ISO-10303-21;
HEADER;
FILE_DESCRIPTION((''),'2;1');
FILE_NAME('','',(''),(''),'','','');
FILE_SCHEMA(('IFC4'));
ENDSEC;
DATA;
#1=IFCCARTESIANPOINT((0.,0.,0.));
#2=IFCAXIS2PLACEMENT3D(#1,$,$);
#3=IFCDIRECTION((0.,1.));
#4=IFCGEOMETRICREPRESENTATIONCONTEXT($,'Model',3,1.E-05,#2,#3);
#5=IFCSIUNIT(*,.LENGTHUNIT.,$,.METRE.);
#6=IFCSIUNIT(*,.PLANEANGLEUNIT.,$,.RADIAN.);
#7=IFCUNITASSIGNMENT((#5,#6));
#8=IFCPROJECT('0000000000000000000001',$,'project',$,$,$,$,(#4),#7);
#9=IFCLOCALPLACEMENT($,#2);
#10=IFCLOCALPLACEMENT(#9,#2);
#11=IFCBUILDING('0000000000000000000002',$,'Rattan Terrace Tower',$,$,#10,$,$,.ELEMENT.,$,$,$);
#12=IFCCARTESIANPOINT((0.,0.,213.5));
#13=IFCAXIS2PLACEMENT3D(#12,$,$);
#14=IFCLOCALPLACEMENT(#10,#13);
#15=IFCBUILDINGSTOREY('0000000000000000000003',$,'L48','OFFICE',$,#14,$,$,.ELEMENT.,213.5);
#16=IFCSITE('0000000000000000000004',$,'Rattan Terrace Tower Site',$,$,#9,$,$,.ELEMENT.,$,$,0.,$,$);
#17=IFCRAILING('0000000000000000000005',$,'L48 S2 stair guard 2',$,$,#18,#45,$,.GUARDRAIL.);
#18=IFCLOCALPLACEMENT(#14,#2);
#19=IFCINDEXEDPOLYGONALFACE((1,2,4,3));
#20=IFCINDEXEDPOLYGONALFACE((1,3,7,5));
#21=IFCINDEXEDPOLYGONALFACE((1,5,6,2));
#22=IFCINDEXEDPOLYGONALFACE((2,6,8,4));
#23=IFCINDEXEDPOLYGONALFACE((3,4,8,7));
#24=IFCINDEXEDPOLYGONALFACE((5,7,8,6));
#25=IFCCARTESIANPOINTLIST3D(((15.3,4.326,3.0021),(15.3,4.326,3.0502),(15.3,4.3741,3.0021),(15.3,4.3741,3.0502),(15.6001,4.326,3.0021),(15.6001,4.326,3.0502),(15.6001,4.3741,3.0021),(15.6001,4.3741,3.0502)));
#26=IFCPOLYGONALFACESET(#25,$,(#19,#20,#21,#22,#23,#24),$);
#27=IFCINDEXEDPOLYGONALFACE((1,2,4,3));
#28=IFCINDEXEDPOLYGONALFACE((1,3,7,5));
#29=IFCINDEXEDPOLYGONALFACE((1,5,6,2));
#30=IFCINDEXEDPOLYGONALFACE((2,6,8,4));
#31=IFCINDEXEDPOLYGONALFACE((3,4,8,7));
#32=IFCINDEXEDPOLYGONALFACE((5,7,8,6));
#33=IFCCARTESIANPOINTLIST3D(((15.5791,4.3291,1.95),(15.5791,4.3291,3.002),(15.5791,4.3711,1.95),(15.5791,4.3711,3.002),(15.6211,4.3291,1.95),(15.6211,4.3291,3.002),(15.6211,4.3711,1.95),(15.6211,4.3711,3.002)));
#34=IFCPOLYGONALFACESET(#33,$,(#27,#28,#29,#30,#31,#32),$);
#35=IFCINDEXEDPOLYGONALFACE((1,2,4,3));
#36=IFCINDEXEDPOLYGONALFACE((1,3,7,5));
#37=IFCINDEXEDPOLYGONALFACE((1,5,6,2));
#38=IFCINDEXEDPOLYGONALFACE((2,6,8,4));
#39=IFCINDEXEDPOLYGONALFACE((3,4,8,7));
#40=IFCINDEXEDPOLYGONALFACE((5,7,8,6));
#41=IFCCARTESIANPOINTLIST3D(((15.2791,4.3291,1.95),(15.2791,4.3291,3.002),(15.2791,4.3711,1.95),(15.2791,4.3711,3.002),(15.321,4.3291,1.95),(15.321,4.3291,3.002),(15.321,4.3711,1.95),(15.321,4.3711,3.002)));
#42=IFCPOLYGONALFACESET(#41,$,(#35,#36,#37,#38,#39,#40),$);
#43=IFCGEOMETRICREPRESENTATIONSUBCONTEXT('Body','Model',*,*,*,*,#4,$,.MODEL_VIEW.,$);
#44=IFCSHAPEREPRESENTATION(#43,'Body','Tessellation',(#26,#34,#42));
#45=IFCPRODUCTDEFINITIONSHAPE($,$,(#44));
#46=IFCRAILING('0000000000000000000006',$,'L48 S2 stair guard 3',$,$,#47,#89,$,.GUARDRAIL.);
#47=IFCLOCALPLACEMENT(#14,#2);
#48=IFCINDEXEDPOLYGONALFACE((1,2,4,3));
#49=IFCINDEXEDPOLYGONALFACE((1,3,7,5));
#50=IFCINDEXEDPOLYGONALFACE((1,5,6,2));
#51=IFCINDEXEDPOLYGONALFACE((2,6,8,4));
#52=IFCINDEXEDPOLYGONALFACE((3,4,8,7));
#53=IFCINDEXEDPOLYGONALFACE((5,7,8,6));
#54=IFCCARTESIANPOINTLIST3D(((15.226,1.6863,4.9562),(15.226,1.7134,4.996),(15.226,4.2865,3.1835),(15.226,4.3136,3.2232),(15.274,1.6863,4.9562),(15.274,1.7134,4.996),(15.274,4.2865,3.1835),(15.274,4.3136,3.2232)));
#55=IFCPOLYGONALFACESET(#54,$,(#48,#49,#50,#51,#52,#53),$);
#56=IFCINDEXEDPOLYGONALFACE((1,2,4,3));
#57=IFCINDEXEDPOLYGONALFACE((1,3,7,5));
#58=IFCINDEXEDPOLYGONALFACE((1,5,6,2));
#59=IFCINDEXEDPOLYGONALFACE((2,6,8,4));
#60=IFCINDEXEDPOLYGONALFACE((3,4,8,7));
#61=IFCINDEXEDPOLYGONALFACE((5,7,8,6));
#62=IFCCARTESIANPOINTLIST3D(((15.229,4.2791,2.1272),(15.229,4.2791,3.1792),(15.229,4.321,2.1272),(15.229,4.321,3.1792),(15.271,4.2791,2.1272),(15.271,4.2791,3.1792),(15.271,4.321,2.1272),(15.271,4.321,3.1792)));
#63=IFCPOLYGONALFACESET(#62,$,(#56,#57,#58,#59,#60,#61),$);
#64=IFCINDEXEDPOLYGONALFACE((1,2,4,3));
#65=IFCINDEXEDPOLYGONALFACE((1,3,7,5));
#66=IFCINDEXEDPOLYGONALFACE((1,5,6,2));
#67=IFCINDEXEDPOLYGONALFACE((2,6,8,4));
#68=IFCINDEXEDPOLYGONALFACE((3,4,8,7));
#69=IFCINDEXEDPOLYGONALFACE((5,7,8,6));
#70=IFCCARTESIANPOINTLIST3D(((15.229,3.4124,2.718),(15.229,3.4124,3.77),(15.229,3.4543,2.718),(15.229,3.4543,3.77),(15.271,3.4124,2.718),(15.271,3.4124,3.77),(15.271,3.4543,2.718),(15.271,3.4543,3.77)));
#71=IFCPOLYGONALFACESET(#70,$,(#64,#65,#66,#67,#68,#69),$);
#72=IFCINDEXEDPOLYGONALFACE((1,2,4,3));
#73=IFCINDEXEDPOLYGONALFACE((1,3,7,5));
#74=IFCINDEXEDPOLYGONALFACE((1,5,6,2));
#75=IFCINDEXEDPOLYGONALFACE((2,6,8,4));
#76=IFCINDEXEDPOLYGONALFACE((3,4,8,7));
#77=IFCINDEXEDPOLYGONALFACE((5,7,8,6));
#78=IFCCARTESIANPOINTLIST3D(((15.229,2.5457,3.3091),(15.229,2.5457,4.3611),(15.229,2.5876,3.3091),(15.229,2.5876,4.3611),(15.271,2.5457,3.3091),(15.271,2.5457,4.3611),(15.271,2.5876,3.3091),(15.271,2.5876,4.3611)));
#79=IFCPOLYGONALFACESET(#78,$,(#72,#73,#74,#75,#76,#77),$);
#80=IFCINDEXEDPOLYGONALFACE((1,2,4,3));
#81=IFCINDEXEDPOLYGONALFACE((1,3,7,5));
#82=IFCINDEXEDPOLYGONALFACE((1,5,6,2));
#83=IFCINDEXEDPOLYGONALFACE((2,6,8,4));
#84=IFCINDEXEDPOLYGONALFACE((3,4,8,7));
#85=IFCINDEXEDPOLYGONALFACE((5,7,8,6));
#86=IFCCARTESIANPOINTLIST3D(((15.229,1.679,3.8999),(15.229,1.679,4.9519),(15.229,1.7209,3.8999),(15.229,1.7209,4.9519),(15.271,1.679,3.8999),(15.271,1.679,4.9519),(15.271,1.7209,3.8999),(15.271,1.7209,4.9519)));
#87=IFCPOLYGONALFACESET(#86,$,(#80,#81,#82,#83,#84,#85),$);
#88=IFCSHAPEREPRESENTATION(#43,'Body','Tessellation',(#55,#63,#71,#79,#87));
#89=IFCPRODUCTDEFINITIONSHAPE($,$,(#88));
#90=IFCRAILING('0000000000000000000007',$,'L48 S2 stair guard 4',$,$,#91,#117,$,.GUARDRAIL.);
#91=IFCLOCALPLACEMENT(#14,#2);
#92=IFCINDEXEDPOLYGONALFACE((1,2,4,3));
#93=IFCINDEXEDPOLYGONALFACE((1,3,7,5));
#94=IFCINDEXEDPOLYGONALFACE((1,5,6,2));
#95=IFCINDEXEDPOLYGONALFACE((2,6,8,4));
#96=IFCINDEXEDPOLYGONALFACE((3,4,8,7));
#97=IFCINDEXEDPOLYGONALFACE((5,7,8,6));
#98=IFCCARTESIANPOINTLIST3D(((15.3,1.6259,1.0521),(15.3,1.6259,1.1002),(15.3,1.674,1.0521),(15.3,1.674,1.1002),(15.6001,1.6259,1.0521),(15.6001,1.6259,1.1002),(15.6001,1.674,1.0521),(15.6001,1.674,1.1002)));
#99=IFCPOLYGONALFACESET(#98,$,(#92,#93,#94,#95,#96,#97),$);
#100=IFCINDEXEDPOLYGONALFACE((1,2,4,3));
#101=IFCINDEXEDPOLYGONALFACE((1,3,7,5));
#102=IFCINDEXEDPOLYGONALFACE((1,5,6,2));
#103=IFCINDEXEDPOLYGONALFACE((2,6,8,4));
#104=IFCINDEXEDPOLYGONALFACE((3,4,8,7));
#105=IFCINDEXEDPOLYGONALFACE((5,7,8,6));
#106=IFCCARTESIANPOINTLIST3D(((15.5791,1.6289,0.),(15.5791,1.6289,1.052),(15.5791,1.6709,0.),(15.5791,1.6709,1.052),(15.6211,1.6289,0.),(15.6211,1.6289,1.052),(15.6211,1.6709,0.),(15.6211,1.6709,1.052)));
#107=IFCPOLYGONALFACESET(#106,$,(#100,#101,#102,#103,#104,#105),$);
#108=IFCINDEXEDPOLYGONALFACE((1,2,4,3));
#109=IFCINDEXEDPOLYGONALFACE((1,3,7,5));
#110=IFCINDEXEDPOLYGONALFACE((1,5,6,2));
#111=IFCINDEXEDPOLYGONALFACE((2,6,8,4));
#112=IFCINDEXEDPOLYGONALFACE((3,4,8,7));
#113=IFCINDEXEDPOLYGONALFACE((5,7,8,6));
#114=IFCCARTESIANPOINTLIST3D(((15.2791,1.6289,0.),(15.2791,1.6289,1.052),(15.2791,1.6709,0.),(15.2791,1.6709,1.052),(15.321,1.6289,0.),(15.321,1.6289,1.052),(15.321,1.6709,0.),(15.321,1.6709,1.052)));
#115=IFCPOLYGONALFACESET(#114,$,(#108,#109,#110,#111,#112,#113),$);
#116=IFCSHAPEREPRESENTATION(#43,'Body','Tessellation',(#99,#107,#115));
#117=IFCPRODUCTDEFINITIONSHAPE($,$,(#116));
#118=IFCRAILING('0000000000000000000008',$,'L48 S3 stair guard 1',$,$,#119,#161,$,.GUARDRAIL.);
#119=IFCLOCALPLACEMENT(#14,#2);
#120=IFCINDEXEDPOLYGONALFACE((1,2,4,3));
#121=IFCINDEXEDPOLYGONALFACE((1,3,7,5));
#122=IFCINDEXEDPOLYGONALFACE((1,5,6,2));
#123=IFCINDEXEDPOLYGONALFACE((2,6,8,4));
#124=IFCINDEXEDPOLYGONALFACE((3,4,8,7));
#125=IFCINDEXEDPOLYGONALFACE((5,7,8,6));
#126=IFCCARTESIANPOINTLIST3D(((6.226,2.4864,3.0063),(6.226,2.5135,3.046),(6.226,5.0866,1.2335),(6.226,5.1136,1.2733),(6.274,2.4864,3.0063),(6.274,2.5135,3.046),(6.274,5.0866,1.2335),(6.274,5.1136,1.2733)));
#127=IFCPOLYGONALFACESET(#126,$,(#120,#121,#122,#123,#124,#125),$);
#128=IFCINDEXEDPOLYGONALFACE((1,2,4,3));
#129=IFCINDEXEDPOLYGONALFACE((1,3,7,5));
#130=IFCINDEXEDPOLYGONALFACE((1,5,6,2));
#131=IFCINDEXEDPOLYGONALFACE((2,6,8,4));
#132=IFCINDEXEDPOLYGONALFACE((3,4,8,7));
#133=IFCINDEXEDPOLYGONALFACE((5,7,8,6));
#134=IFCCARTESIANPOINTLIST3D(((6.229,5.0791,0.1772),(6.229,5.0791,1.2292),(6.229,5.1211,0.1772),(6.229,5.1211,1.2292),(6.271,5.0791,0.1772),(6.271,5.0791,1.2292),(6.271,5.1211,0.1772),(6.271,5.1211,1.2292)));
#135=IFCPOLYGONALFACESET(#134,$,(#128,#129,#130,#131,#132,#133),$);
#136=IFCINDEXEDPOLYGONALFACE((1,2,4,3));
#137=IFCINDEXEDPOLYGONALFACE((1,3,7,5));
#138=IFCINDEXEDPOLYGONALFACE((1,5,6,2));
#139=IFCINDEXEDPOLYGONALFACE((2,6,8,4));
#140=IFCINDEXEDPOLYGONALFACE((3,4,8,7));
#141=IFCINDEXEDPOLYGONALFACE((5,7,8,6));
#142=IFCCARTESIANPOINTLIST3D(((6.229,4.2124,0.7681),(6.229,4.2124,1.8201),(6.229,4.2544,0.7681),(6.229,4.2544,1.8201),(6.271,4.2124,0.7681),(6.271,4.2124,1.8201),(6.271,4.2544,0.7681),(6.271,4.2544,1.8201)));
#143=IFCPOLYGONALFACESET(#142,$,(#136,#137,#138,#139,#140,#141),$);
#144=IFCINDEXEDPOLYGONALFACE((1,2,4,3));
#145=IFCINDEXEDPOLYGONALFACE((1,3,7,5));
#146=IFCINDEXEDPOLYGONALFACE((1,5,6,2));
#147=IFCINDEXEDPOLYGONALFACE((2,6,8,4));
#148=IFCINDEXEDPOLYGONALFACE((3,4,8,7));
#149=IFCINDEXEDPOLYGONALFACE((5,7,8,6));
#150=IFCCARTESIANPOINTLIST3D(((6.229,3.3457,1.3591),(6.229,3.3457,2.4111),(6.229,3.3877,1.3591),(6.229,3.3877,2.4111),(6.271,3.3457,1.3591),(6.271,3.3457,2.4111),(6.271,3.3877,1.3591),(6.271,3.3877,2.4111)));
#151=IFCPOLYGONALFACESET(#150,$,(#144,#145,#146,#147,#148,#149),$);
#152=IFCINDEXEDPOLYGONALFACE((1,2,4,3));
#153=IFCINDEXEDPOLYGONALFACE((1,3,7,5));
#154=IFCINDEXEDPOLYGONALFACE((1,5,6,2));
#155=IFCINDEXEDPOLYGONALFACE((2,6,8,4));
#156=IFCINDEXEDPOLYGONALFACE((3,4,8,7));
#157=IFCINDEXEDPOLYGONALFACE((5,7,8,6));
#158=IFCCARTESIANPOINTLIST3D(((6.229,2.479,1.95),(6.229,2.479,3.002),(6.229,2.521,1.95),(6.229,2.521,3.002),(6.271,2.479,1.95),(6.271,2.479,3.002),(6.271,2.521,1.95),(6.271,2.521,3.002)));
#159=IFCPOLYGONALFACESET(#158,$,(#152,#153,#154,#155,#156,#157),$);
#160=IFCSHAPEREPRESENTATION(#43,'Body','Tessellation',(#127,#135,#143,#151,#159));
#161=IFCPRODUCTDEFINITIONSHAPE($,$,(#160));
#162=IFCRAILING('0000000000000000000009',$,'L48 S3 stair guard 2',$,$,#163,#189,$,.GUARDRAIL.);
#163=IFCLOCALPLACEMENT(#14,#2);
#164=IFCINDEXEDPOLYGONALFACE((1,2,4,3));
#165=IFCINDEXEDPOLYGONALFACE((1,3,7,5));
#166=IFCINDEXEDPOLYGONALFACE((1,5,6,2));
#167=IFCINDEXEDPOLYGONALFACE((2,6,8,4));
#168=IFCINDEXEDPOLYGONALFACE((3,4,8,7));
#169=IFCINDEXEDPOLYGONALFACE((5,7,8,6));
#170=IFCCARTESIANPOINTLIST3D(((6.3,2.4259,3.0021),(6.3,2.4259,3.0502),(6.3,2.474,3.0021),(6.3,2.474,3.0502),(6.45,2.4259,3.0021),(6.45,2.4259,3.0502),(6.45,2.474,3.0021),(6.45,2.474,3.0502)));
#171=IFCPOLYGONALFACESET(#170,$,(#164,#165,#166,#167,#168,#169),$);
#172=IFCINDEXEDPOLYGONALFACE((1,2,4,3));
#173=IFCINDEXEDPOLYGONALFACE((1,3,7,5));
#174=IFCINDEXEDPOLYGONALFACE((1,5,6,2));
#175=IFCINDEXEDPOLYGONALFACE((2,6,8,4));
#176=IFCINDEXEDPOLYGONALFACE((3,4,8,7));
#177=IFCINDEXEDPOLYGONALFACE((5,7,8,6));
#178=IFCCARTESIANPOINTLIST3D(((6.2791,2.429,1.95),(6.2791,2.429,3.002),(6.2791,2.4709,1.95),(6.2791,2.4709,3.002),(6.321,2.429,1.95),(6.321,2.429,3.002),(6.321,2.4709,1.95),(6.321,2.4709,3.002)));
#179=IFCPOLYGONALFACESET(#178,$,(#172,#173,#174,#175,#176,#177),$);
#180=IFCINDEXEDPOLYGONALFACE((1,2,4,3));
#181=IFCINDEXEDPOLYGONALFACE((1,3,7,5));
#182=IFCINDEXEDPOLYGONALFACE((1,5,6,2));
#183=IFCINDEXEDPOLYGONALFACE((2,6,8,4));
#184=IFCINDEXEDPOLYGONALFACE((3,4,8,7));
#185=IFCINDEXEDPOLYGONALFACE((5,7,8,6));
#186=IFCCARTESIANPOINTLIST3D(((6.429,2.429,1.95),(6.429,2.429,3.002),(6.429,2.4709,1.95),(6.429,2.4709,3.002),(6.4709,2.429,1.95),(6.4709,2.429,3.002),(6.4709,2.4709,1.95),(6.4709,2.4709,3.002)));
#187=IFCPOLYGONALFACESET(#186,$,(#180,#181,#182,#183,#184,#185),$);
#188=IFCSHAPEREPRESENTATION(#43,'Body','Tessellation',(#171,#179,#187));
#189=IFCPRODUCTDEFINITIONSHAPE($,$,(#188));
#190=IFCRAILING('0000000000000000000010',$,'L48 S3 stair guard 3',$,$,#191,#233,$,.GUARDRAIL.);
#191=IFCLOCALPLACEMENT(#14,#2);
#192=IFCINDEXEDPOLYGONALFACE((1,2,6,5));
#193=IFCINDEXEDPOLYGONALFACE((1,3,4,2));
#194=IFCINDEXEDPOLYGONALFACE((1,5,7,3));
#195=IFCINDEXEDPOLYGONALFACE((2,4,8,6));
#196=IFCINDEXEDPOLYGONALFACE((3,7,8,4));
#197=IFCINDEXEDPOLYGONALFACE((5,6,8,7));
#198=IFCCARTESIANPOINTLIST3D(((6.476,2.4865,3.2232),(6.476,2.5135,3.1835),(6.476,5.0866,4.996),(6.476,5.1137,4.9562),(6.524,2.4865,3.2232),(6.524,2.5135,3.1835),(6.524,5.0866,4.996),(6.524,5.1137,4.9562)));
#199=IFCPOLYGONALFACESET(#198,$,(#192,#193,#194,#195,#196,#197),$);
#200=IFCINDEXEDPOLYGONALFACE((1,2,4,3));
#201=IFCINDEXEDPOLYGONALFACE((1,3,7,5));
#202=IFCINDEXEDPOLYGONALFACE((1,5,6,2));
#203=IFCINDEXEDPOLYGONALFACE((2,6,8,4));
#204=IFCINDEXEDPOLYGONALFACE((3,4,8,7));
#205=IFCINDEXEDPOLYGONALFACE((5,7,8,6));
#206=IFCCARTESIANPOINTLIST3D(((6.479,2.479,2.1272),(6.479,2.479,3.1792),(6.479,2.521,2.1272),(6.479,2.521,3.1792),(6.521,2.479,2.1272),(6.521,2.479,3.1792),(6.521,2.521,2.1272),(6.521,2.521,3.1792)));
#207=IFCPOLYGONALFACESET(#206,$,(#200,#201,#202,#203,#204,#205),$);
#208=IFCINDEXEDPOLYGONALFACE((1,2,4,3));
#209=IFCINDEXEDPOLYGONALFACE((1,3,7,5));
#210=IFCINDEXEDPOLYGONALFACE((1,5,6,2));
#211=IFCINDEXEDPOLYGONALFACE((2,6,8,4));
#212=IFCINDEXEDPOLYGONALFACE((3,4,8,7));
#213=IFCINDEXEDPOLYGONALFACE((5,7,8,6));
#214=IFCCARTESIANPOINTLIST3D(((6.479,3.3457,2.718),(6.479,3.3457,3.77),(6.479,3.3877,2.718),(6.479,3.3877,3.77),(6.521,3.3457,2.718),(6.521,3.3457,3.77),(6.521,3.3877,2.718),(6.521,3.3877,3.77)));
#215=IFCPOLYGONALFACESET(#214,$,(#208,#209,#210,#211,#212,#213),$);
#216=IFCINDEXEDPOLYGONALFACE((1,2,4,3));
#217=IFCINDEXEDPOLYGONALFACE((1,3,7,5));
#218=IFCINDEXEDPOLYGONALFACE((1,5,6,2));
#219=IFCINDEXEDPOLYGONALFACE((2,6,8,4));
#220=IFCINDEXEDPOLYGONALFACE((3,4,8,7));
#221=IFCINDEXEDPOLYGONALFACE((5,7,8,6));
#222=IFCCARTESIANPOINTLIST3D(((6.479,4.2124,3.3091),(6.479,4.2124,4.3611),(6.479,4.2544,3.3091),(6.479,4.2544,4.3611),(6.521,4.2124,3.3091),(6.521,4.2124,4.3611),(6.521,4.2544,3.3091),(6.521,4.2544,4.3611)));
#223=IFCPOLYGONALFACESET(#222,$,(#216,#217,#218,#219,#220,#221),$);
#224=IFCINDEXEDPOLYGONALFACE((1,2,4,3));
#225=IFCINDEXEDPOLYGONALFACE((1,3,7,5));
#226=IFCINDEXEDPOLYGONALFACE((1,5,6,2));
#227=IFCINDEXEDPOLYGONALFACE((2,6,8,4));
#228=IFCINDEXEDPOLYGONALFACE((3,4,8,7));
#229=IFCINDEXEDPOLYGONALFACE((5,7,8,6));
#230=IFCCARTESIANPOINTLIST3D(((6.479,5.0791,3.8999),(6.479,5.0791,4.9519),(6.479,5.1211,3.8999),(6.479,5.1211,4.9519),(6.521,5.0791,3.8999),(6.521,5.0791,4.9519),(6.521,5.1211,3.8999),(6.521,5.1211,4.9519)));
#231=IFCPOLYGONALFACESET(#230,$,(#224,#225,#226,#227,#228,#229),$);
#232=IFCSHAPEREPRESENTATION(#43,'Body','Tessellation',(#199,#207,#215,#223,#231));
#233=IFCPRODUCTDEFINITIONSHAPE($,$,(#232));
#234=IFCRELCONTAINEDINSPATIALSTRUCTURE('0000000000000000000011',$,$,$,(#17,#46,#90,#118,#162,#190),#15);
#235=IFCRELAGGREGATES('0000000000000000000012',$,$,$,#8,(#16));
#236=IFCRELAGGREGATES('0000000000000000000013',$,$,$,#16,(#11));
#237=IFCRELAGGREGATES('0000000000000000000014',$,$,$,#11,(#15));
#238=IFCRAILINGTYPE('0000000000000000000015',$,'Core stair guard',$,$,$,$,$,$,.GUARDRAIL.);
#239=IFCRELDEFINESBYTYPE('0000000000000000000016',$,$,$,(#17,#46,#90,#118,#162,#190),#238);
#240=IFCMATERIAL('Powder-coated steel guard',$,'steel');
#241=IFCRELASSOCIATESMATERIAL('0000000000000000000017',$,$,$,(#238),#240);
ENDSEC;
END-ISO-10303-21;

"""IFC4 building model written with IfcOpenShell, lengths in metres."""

from ifc_helpers import new_model, si_unit, direction, frame, origin, origin_2d, place, context, subcontext, project, spatial, rectangle, extrude, material, type_object, element, save


model = new_model("IFC4")

# Units and contexts
model_context = context("Model", 3, precision=1e-05, world=origin(), true_north=direction((0.0, 1.0)))
body_context = subcontext(model_context, "Body", "Model", "MODEL_VIEW")
ifc_project = project(units=[si_unit("LENGTHUNIT", "METRE"), si_unit("PLANEANGLEUNIT", "RADIAN")], contexts=[model_context])

# Site, building, storey
site_placement = place(None, origin())
site = spatial("IfcSite", under=ifc_project, at=site_placement, Name="Rattan Terrace Tower Site", CompositionType="ELEMENT", RefElevation=0.0)
building_placement = place(site_placement, origin())
building = spatial("IfcBuilding", under=site, at=building_placement, Name="Rattan Terrace Tower", CompositionType="ELEMENT")
storey_placement = place(building_placement, frame((0.0, 0.0, 213.5)))
storey = spatial("IfcBuildingStorey", under=building, at=storey_placement, Name="L48", Description="OFFICE", CompositionType="ELEMENT", Elevation=213.5)

# Railings
ifc_material_1 = material(Name="Powder-coated steel guard", Category="steel")
railing_type_1 = type_object("IfcRailingType", Name="Core stair guard", PredefinedType="GUARDRAIL", material=ifc_material_1)
railing_1_placement = place(storey_placement, frame((15.6001, 4.3501, 1.95)))
element("IfcRailing", 1, at=railing_1_placement, inside=storey, type_object=railing_type_1, Name="L48 S2 stair guard 2", PredefinedType="GUARDRAIL", context=body_context, shape_type="SweptSolid", body=[
    extrude(rectangle(XDim=0.0481, YDim=0.0481, at=origin_2d()), frame((0.0, 0.0, 1.0762), z_axis=(-1.0, 0.0, 0.0), x_axis=(0.0, -1.0, 0.0)), (0.0, 0.0, 1.0), 0.3),
    extrude(rectangle(XDim=0.042, YDim=0.042, at=origin_2d()), origin(), (0.0, 0.0, 1.0), 1.052),
    extrude(rectangle(XDim=0.042, YDim=0.042, at=origin_2d()), frame((-0.3, 0.0, 0.0)), (0.0, 0.0, 1.0), 1.052),
])
railing_2_placement = place(storey_placement, frame((15.25, 4.3, 2.1272)))
element("IfcRailing", 2, at=railing_2_placement, inside=storey, type_object=railing_type_1, Name="L48 S2 stair guard 3", PredefinedType="GUARDRAIL", context=body_context, shape_type="SweptSolid", body=[
    extrude(rectangle(XDim=0.0481, YDim=0.0481, at=origin_2d()), frame((0.0, 0.0, 1.0762), z_axis=(0.0, -0.82624, 0.563318), x_axis=(1.0, 0.0, 0.0)), (0.0, 0.0, 1.0), 3.147),
    extrude(rectangle(XDim=0.042, YDim=0.042, at=origin_2d()), origin(), (0.0, 0.0, 1.0), 1.052),
    extrude(rectangle(XDim=0.042, YDim=0.042, at=origin_2d()), frame((0.0, -0.8667, 0.5908)), (0.0, 0.0, 1.0), 1.052),
    extrude(rectangle(XDim=0.042, YDim=0.042, at=origin_2d()), frame((0.0, -1.7334, 1.1819)), (0.0, 0.0, 1.0), 1.052),
    extrude(rectangle(XDim=0.042, YDim=0.042, at=origin_2d()), frame((0.0, -2.6001, 1.7727)), (0.0, 0.0, 1.0), 1.052),
])
railing_3_placement = place(storey_placement, frame((15.6001, 1.6499, 0.0)))
element("IfcRailing", 3, at=railing_3_placement, inside=storey, type_object=railing_type_1, Name="L48 S2 stair guard 4", PredefinedType="GUARDRAIL", context=body_context, shape_type="SweptSolid", body=[
    extrude(rectangle(XDim=0.0481, YDim=0.0481, at=origin_2d()), frame((0.0, 0.0, 1.0762), z_axis=(-1.0, 0.0, 0.0), x_axis=(0.0, -1.0, 0.0)), (0.0, 0.0, 1.0), 0.3),
    extrude(rectangle(XDim=0.042, YDim=0.042, at=origin_2d()), origin(), (0.0, 0.0, 1.0), 1.052),
    extrude(rectangle(XDim=0.042, YDim=0.042, at=origin_2d()), frame((-0.3, 0.0, 0.0)), (0.0, 0.0, 1.0), 1.052),
])
railing_4_placement = place(storey_placement, frame((6.25, 5.1001, 0.1772)))
element("IfcRailing", 4, at=railing_4_placement, inside=storey, type_object=railing_type_1, Name="L48 S3 stair guard 1", PredefinedType="GUARDRAIL", context=body_context, shape_type="SweptSolid", body=[
    extrude(rectangle(XDim=0.0481, YDim=0.0481, at=origin_2d()), frame((0.0, 0.0, 1.0762), z_axis=(0.0, -0.82624, 0.563318), x_axis=(1.0, 0.0, 0.0)), (0.0, 0.0, 1.0), 3.147),
    extrude(rectangle(XDim=0.042, YDim=0.042, at=origin_2d()), origin(), (0.0, 0.0, 1.0), 1.052),
    extrude(rectangle(XDim=0.042, YDim=0.042, at=origin_2d()), frame((0.0, -0.8667, 0.5908)), (0.0, 0.0, 1.0), 1.052),
    extrude(rectangle(XDim=0.042, YDim=0.042, at=origin_2d()), frame((0.0, -1.7334, 1.1819)), (0.0, 0.0, 1.0), 1.052),
    extrude(rectangle(XDim=0.042, YDim=0.042, at=origin_2d()), frame((0.0, -2.6001, 1.7727)), (0.0, 0.0, 1.0), 1.052),
])
railing_5_placement = place(storey_placement, frame((6.3, 2.45, 1.95)))
element("IfcRailing", 5, at=railing_5_placement, inside=storey, type_object=railing_type_1, Name="L48 S3 stair guard 2", PredefinedType="GUARDRAIL", context=body_context, shape_type="SweptSolid", body=[
    extrude(rectangle(XDim=0.0481, YDim=0.0481, at=origin_2d()), frame((0.0, 0.0, 1.0762), z_axis=(1.0, 0.0, 0.0), x_axis=(0.0, 1.0, 0.0)), (0.0, 0.0, 1.0), 0.1499),
    extrude(rectangle(XDim=0.042, YDim=0.042, at=origin_2d()), origin(), (0.0, 0.0, 1.0), 1.052),
    extrude(rectangle(XDim=0.042, YDim=0.042, at=origin_2d()), frame((0.1499, 0.0, 0.0)), (0.0, 0.0, 1.0), 1.052),
])
railing_6_placement = place(storey_placement, frame((6.5, 2.5, 2.1272)))
element("IfcRailing", 6, at=railing_6_placement, inside=storey, type_object=railing_type_1, Name="L48 S3 stair guard 3", PredefinedType="GUARDRAIL", context=body_context, shape_type="SweptSolid", body=[
    extrude(rectangle(XDim=0.0481, YDim=0.0481, at=origin_2d()), frame((0.0, 0.0, 1.0762), z_axis=(0.0, 0.82624, 0.563318), x_axis=(-1.0, 0.0, 0.0)), (0.0, 0.0, 1.0), 3.147),
    extrude(rectangle(XDim=0.042, YDim=0.042, at=origin_2d()), origin(), (0.0, 0.0, 1.0), 1.052),
    extrude(rectangle(XDim=0.042, YDim=0.042, at=origin_2d()), frame((0.0, 0.8667, 0.5908)), (0.0, 0.0, 1.0), 1.052),
    extrude(rectangle(XDim=0.042, YDim=0.042, at=origin_2d()), frame((0.0, 1.7334, 1.1819)), (0.0, 0.0, 1.0), 1.052),
    extrude(rectangle(XDim=0.042, YDim=0.042, at=origin_2d()), frame((0.0, 2.6001, 1.7727)), (0.0, 0.0, 1.0), 1.052),
])

save(model, "model.ifc")
